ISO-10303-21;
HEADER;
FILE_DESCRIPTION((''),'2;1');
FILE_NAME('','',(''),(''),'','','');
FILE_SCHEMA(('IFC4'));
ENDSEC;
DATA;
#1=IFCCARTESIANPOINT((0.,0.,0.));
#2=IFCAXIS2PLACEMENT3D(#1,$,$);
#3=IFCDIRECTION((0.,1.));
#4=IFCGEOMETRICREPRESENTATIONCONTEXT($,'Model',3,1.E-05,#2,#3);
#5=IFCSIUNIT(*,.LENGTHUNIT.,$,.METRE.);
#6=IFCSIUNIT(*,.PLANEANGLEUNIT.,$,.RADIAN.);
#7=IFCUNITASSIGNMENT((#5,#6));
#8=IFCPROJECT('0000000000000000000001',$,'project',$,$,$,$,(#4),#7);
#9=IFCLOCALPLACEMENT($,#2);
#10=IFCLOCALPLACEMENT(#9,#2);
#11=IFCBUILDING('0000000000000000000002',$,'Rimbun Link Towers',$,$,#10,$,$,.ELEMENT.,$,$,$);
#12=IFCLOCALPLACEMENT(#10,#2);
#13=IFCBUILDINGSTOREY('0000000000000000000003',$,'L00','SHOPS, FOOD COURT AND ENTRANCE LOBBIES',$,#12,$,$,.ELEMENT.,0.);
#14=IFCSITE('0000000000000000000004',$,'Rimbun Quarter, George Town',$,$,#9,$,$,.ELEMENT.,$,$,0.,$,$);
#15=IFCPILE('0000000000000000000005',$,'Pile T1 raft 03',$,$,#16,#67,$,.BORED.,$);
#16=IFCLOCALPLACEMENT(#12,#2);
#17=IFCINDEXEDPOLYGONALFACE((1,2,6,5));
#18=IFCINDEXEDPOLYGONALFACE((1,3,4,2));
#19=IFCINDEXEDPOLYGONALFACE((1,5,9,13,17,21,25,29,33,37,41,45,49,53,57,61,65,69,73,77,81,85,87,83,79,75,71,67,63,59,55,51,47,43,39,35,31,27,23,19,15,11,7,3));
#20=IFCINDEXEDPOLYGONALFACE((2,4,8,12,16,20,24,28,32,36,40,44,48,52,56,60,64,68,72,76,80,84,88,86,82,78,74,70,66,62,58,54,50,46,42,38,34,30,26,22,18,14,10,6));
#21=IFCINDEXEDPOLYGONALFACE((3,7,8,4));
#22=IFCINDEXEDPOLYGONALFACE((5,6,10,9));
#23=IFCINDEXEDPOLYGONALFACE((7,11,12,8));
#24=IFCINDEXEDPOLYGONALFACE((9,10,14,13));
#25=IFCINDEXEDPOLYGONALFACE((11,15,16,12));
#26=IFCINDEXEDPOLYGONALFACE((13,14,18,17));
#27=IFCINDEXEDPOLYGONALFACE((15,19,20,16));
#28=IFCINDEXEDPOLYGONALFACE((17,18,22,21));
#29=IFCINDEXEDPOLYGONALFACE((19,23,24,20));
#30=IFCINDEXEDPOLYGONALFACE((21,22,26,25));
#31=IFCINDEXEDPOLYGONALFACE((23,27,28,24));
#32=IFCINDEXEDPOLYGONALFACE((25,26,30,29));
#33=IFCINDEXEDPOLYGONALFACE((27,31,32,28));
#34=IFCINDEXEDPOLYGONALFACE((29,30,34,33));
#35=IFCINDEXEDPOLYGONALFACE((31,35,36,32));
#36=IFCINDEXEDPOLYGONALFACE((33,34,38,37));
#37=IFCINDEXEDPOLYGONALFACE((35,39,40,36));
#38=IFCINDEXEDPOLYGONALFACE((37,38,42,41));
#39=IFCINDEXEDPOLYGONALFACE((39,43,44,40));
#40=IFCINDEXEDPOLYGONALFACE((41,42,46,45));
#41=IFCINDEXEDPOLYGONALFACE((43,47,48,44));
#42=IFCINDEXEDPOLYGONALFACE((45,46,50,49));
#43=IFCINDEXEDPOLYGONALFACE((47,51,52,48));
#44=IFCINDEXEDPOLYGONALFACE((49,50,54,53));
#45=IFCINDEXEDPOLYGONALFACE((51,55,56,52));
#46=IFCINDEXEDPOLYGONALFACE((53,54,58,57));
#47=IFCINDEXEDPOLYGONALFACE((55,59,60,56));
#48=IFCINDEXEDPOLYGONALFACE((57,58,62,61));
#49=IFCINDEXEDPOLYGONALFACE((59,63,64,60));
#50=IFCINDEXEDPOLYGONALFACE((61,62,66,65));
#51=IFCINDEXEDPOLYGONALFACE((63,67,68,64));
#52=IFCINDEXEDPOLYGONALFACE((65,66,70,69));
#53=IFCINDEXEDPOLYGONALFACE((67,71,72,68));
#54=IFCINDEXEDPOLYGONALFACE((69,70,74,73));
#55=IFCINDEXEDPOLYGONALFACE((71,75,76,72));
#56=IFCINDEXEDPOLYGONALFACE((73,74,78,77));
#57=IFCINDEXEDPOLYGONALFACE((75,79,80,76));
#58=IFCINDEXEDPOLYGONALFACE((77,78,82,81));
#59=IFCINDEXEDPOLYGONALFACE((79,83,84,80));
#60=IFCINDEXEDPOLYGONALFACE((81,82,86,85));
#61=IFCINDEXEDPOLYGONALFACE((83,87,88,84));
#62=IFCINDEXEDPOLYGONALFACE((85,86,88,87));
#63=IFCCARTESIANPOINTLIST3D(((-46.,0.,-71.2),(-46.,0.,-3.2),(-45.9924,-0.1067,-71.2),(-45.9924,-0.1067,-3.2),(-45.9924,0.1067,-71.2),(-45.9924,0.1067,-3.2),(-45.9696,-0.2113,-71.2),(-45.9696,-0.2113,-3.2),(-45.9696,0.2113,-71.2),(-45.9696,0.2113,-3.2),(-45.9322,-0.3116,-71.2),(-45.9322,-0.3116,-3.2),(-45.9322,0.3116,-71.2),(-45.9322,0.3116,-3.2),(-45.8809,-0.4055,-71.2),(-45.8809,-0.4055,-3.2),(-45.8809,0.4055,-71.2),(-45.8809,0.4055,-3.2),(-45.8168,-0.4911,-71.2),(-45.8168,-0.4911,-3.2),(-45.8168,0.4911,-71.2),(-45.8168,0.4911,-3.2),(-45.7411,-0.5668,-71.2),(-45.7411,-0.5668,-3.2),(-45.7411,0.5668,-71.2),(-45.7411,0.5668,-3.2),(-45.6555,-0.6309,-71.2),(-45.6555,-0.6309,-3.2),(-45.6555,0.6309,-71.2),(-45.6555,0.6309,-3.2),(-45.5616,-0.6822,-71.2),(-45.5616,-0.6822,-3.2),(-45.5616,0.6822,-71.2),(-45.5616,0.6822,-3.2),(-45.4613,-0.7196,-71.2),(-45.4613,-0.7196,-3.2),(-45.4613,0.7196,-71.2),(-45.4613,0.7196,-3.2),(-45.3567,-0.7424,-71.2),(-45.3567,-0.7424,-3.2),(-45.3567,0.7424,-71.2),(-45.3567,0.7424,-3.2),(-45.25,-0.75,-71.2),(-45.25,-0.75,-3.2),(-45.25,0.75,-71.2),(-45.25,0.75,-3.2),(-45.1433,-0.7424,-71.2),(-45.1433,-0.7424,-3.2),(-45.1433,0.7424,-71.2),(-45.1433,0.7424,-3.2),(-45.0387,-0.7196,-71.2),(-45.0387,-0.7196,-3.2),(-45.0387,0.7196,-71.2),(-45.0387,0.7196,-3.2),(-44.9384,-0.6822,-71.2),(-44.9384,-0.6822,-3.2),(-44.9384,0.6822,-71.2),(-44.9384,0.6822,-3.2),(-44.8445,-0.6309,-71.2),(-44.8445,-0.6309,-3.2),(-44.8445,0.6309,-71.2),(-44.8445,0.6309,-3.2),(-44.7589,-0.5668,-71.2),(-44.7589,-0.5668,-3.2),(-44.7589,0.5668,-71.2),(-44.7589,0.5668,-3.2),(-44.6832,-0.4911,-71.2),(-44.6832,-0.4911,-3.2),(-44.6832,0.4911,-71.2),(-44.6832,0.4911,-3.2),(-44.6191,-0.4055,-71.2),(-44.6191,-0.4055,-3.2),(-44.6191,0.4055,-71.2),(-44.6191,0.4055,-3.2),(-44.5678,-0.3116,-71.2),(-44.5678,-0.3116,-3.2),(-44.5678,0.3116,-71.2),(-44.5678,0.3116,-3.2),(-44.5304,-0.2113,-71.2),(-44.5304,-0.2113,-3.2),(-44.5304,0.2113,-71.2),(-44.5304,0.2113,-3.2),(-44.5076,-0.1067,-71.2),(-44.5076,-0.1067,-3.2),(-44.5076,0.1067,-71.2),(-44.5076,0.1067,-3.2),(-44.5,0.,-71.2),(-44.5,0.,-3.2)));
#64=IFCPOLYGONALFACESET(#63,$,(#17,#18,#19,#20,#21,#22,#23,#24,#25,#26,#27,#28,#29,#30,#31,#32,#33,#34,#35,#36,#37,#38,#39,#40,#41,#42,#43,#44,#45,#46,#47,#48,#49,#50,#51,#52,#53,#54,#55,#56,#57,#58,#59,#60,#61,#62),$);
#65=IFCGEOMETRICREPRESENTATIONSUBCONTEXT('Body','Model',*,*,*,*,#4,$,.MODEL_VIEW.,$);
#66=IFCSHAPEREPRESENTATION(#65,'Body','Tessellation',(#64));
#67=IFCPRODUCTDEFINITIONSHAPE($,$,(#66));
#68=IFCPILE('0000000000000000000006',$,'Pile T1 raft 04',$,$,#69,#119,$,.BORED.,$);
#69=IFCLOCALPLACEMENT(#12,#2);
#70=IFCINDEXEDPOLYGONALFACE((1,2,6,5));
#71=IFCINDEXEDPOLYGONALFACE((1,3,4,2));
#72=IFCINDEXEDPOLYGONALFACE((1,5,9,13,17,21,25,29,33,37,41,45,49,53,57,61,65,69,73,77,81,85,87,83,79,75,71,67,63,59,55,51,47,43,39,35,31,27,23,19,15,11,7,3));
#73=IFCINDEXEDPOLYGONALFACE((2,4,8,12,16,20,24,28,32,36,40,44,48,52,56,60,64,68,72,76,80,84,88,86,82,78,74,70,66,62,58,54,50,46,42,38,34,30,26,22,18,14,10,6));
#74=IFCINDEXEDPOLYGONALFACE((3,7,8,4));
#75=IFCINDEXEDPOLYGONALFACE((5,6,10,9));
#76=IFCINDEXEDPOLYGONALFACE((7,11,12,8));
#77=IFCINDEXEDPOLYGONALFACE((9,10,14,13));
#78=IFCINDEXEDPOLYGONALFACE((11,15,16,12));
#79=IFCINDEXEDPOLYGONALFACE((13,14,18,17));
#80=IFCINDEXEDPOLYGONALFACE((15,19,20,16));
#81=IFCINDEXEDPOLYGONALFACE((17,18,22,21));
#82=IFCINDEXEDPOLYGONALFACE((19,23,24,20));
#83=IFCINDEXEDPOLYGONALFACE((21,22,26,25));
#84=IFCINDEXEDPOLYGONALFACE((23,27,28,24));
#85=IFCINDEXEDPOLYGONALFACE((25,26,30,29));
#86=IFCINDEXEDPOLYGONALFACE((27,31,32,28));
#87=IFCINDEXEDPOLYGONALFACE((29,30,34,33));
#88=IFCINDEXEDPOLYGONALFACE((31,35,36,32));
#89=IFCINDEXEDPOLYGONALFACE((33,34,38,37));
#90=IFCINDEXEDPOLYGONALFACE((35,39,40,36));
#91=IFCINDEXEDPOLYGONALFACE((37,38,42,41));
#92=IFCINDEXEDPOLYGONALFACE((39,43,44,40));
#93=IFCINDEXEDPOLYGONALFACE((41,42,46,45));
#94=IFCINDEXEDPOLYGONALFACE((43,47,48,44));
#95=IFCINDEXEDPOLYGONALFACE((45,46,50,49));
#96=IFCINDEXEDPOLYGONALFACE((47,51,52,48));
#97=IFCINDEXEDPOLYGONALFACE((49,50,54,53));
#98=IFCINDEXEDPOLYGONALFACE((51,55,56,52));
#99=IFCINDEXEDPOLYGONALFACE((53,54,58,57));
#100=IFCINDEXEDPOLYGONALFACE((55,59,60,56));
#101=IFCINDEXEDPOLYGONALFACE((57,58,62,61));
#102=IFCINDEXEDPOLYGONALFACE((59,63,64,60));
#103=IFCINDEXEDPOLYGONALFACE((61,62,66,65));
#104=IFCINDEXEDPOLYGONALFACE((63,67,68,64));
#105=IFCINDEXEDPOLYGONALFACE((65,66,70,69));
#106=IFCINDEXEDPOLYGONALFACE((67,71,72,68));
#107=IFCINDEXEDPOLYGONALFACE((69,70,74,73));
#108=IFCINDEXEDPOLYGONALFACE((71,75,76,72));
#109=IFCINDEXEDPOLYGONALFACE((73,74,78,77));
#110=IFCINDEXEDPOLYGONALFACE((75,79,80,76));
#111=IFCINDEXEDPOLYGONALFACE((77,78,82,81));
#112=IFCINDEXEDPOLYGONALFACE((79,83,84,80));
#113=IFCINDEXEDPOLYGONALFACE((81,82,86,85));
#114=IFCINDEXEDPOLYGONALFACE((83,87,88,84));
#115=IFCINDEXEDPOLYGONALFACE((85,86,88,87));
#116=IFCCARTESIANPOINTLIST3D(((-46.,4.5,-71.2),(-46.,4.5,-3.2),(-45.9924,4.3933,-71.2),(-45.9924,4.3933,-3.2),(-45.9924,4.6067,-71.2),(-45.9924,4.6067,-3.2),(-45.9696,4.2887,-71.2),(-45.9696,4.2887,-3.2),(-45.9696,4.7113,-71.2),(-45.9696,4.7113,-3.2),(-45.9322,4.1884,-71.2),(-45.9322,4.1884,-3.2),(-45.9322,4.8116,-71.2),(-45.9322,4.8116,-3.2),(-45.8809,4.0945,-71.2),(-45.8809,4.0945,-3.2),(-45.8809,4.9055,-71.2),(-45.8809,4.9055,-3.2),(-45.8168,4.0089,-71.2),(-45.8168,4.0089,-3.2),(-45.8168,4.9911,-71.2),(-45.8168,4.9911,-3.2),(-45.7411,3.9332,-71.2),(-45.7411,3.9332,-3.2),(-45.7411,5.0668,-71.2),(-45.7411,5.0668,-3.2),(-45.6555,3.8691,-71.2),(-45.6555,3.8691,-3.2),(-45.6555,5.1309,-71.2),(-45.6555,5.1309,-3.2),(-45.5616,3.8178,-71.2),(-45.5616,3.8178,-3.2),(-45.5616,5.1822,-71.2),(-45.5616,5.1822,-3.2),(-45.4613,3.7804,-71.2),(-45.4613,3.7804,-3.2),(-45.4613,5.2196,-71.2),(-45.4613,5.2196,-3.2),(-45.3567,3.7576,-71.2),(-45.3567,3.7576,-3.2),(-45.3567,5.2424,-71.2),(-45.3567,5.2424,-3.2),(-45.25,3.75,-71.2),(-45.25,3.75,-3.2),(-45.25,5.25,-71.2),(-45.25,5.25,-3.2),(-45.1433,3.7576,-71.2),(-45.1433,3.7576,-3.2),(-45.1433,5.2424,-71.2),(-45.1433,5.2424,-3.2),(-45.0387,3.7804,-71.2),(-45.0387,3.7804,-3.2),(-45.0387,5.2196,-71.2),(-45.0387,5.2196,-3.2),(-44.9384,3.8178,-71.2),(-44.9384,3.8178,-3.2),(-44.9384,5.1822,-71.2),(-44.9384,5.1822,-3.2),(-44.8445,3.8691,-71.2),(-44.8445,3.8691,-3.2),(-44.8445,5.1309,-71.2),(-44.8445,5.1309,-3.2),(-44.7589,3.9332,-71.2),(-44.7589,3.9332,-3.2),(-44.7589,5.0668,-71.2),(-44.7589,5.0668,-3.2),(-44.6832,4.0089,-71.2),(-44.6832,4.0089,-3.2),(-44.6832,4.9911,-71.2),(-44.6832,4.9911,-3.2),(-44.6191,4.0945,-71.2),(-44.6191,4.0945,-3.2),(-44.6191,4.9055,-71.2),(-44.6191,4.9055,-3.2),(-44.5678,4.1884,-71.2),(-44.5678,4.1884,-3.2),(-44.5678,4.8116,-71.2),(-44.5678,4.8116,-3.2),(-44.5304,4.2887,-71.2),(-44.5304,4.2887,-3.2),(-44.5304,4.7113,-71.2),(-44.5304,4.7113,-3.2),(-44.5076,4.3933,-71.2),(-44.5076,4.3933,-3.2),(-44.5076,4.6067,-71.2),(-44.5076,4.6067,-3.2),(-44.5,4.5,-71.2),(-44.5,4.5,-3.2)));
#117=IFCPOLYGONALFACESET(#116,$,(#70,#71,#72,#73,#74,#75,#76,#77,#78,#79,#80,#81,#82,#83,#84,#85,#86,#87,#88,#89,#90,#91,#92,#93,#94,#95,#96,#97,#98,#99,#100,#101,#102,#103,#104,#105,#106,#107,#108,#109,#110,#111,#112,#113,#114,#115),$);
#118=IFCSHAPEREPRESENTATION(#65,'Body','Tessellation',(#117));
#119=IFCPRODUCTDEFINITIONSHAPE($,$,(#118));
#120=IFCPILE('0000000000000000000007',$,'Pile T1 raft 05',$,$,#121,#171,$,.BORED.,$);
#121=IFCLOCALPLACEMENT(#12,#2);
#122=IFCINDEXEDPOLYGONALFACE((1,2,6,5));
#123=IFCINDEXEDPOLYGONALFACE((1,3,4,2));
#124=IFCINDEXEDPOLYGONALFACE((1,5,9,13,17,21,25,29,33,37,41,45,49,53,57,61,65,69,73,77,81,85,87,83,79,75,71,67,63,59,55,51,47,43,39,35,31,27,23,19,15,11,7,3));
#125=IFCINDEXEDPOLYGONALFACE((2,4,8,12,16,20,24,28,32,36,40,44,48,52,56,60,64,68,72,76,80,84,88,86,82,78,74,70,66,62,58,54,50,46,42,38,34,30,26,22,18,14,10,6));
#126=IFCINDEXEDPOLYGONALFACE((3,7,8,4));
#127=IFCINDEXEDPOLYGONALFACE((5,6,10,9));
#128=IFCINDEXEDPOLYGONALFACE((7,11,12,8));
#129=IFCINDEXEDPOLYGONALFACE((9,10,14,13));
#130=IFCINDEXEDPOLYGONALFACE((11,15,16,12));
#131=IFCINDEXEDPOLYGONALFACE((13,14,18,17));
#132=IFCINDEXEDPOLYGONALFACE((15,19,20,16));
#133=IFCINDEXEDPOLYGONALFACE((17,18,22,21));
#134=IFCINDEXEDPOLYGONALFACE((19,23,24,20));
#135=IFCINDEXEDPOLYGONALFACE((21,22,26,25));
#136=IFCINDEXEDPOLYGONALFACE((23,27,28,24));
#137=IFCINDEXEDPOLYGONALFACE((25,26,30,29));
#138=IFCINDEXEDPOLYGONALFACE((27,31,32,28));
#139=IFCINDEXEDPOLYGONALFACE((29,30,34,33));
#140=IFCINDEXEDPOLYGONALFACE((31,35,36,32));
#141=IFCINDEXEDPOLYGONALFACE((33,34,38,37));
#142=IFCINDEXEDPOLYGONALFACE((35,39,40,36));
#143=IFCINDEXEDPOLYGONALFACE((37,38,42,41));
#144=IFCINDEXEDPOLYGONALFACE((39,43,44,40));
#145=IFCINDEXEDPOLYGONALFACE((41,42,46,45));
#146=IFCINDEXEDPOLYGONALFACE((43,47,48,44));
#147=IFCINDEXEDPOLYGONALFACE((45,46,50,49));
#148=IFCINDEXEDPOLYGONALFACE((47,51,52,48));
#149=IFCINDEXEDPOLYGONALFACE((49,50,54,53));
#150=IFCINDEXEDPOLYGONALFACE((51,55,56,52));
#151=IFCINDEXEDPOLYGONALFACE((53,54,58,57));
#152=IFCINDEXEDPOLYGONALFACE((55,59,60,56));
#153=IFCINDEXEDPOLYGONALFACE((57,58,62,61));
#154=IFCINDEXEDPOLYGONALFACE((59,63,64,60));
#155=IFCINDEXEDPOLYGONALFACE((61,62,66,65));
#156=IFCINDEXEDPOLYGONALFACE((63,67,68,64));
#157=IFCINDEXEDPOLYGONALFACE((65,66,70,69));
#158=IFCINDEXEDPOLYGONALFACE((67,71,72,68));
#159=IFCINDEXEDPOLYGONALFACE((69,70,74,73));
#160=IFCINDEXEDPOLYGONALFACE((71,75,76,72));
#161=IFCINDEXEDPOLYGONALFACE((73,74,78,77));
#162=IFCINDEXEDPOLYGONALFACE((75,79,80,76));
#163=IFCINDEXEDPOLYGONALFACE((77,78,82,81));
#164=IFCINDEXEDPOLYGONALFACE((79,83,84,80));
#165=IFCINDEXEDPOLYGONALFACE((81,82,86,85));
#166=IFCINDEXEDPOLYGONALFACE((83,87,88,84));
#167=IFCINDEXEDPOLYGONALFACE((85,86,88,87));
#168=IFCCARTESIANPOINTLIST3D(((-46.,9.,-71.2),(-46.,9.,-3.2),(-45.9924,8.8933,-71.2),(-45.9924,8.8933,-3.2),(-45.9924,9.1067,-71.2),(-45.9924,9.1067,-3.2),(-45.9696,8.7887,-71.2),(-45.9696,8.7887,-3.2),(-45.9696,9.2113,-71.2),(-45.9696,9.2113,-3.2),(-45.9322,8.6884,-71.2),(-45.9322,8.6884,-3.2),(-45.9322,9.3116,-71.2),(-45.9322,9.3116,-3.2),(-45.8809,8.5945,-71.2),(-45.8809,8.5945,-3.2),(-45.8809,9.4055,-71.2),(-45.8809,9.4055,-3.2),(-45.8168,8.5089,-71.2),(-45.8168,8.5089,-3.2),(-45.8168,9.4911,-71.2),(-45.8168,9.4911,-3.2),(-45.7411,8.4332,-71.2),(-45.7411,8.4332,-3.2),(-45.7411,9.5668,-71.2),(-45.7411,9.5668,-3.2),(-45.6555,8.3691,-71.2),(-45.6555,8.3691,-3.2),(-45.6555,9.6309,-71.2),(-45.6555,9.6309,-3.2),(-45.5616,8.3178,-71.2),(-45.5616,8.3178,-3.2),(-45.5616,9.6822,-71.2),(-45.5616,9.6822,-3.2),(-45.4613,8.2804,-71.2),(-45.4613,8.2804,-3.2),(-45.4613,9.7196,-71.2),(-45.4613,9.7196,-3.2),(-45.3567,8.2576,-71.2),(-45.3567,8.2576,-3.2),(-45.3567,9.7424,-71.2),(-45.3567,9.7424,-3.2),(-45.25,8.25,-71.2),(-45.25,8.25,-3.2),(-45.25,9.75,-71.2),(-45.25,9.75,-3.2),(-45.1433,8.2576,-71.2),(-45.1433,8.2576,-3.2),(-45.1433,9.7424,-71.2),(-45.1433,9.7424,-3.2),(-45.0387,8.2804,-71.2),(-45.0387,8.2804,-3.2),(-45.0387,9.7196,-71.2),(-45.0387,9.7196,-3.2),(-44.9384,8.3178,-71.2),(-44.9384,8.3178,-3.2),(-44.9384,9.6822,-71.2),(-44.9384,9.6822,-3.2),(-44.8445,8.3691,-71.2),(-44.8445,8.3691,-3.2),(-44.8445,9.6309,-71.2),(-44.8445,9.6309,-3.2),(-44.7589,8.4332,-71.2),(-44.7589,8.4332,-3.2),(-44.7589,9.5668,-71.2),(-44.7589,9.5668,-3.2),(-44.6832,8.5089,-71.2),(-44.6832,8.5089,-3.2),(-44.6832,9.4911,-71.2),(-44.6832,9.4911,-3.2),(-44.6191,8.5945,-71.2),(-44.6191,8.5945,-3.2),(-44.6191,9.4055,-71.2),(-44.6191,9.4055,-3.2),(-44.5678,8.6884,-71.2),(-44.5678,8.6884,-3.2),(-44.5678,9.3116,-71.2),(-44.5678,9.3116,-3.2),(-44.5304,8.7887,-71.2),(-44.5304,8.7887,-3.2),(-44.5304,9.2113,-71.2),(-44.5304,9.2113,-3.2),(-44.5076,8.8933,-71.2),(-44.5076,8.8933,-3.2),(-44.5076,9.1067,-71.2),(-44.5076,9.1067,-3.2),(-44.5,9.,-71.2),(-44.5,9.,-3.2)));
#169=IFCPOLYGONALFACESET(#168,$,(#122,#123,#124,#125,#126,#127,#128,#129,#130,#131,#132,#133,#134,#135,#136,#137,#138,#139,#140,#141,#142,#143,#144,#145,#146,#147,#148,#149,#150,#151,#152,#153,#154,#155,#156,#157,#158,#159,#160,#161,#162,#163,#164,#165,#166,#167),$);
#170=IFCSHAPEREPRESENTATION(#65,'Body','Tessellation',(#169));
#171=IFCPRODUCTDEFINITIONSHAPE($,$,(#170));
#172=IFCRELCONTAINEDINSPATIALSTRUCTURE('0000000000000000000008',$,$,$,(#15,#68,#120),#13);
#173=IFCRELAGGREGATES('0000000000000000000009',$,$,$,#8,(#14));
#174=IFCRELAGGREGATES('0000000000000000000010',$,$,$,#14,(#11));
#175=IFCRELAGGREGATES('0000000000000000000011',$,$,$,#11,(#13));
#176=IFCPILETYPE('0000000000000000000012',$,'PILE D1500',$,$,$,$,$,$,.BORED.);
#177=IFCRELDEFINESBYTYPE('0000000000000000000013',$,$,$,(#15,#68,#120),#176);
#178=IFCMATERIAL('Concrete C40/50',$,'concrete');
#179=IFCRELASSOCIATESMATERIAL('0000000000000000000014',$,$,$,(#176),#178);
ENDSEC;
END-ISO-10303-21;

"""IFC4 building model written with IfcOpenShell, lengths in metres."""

from ifc_helpers import new_model, si_unit, direction, frame, origin, origin_2d, place, context, subcontext, project, spatial, circle, extrude, material, material_profile, profile_set, type_object, element, save


model = new_model("IFC4")

# Units and contexts
model_context = context("Model", 3, precision=1e-05, world=origin(), true_north=direction((0.0, 1.0)))
body_context = subcontext(model_context, "Body", "Model", "MODEL_VIEW")
ifc_project = project(units=[si_unit("LENGTHUNIT", "METRE"), si_unit("PLANEANGLEUNIT", "RADIAN")], contexts=[model_context])

# Site, building, storey
site_placement = place(None, origin())
site = spatial("IfcSite", under=ifc_project, at=site_placement, Name="Rimbun Quarter, George Town", CompositionType="ELEMENT", RefElevation=0.0)
building_placement = place(site_placement, origin())
building = spatial("IfcBuilding", under=site, at=building_placement, Name="Rimbun Link Towers", CompositionType="ELEMENT")
storey_placement = place(building_placement, origin())
storey = spatial("IfcBuildingStorey", under=building, at=storey_placement, Name="L00", Description="SHOPS, FOOD COURT AND ENTRANCE LOBBIES", CompositionType="ELEMENT", Elevation=0.0)

# Piles
ifc_material_1 = material(Name="Concrete C40/50", Category="concrete")
ifc_material_profile_1 = material_profile(ifc_material_1, circle(Radius=0.75, at=origin_2d()), Name="PILE D1500")
ifc_profile_set_1 = profile_set([ifc_material_profile_1], Name="Concrete C40/50")
pile_type_1 = type_object("IfcPileType", Name="PILE D1500", PredefinedType="BORED", material=ifc_profile_set_1)
for number, where, z_axis, x_axis, name in (
    (1, (-45.25, 0.0, -3.2), (0.0, 0.0, -1.0), (1.0, 0.0, 0.0), "Pile T1 raft 03"),
    (2, (-45.25, 4.5, -3.2), (0.0, 0.0, -1.0), (1.0, 0.0, 0.0), "Pile T1 raft 04"),
    (3, (-45.25, 9.0, -3.2), (0.0, 0.0, -1.0), (1.0, 0.0, 0.0), "Pile T1 raft 05"),
):
    element("IfcPile", number, at=place(storey_placement, frame(where, z_axis=z_axis, x_axis=x_axis)), inside=storey, type_object=pile_type_1, Name=name, PredefinedType="BORED", context=body_context, shape_type="SweptSolid", body=[
        extrude(circle(Radius=0.75, at=origin_2d()), origin(), (0.0, 0.0, 1.0), 68.0),
    ])

save(model, "model.ifc")
